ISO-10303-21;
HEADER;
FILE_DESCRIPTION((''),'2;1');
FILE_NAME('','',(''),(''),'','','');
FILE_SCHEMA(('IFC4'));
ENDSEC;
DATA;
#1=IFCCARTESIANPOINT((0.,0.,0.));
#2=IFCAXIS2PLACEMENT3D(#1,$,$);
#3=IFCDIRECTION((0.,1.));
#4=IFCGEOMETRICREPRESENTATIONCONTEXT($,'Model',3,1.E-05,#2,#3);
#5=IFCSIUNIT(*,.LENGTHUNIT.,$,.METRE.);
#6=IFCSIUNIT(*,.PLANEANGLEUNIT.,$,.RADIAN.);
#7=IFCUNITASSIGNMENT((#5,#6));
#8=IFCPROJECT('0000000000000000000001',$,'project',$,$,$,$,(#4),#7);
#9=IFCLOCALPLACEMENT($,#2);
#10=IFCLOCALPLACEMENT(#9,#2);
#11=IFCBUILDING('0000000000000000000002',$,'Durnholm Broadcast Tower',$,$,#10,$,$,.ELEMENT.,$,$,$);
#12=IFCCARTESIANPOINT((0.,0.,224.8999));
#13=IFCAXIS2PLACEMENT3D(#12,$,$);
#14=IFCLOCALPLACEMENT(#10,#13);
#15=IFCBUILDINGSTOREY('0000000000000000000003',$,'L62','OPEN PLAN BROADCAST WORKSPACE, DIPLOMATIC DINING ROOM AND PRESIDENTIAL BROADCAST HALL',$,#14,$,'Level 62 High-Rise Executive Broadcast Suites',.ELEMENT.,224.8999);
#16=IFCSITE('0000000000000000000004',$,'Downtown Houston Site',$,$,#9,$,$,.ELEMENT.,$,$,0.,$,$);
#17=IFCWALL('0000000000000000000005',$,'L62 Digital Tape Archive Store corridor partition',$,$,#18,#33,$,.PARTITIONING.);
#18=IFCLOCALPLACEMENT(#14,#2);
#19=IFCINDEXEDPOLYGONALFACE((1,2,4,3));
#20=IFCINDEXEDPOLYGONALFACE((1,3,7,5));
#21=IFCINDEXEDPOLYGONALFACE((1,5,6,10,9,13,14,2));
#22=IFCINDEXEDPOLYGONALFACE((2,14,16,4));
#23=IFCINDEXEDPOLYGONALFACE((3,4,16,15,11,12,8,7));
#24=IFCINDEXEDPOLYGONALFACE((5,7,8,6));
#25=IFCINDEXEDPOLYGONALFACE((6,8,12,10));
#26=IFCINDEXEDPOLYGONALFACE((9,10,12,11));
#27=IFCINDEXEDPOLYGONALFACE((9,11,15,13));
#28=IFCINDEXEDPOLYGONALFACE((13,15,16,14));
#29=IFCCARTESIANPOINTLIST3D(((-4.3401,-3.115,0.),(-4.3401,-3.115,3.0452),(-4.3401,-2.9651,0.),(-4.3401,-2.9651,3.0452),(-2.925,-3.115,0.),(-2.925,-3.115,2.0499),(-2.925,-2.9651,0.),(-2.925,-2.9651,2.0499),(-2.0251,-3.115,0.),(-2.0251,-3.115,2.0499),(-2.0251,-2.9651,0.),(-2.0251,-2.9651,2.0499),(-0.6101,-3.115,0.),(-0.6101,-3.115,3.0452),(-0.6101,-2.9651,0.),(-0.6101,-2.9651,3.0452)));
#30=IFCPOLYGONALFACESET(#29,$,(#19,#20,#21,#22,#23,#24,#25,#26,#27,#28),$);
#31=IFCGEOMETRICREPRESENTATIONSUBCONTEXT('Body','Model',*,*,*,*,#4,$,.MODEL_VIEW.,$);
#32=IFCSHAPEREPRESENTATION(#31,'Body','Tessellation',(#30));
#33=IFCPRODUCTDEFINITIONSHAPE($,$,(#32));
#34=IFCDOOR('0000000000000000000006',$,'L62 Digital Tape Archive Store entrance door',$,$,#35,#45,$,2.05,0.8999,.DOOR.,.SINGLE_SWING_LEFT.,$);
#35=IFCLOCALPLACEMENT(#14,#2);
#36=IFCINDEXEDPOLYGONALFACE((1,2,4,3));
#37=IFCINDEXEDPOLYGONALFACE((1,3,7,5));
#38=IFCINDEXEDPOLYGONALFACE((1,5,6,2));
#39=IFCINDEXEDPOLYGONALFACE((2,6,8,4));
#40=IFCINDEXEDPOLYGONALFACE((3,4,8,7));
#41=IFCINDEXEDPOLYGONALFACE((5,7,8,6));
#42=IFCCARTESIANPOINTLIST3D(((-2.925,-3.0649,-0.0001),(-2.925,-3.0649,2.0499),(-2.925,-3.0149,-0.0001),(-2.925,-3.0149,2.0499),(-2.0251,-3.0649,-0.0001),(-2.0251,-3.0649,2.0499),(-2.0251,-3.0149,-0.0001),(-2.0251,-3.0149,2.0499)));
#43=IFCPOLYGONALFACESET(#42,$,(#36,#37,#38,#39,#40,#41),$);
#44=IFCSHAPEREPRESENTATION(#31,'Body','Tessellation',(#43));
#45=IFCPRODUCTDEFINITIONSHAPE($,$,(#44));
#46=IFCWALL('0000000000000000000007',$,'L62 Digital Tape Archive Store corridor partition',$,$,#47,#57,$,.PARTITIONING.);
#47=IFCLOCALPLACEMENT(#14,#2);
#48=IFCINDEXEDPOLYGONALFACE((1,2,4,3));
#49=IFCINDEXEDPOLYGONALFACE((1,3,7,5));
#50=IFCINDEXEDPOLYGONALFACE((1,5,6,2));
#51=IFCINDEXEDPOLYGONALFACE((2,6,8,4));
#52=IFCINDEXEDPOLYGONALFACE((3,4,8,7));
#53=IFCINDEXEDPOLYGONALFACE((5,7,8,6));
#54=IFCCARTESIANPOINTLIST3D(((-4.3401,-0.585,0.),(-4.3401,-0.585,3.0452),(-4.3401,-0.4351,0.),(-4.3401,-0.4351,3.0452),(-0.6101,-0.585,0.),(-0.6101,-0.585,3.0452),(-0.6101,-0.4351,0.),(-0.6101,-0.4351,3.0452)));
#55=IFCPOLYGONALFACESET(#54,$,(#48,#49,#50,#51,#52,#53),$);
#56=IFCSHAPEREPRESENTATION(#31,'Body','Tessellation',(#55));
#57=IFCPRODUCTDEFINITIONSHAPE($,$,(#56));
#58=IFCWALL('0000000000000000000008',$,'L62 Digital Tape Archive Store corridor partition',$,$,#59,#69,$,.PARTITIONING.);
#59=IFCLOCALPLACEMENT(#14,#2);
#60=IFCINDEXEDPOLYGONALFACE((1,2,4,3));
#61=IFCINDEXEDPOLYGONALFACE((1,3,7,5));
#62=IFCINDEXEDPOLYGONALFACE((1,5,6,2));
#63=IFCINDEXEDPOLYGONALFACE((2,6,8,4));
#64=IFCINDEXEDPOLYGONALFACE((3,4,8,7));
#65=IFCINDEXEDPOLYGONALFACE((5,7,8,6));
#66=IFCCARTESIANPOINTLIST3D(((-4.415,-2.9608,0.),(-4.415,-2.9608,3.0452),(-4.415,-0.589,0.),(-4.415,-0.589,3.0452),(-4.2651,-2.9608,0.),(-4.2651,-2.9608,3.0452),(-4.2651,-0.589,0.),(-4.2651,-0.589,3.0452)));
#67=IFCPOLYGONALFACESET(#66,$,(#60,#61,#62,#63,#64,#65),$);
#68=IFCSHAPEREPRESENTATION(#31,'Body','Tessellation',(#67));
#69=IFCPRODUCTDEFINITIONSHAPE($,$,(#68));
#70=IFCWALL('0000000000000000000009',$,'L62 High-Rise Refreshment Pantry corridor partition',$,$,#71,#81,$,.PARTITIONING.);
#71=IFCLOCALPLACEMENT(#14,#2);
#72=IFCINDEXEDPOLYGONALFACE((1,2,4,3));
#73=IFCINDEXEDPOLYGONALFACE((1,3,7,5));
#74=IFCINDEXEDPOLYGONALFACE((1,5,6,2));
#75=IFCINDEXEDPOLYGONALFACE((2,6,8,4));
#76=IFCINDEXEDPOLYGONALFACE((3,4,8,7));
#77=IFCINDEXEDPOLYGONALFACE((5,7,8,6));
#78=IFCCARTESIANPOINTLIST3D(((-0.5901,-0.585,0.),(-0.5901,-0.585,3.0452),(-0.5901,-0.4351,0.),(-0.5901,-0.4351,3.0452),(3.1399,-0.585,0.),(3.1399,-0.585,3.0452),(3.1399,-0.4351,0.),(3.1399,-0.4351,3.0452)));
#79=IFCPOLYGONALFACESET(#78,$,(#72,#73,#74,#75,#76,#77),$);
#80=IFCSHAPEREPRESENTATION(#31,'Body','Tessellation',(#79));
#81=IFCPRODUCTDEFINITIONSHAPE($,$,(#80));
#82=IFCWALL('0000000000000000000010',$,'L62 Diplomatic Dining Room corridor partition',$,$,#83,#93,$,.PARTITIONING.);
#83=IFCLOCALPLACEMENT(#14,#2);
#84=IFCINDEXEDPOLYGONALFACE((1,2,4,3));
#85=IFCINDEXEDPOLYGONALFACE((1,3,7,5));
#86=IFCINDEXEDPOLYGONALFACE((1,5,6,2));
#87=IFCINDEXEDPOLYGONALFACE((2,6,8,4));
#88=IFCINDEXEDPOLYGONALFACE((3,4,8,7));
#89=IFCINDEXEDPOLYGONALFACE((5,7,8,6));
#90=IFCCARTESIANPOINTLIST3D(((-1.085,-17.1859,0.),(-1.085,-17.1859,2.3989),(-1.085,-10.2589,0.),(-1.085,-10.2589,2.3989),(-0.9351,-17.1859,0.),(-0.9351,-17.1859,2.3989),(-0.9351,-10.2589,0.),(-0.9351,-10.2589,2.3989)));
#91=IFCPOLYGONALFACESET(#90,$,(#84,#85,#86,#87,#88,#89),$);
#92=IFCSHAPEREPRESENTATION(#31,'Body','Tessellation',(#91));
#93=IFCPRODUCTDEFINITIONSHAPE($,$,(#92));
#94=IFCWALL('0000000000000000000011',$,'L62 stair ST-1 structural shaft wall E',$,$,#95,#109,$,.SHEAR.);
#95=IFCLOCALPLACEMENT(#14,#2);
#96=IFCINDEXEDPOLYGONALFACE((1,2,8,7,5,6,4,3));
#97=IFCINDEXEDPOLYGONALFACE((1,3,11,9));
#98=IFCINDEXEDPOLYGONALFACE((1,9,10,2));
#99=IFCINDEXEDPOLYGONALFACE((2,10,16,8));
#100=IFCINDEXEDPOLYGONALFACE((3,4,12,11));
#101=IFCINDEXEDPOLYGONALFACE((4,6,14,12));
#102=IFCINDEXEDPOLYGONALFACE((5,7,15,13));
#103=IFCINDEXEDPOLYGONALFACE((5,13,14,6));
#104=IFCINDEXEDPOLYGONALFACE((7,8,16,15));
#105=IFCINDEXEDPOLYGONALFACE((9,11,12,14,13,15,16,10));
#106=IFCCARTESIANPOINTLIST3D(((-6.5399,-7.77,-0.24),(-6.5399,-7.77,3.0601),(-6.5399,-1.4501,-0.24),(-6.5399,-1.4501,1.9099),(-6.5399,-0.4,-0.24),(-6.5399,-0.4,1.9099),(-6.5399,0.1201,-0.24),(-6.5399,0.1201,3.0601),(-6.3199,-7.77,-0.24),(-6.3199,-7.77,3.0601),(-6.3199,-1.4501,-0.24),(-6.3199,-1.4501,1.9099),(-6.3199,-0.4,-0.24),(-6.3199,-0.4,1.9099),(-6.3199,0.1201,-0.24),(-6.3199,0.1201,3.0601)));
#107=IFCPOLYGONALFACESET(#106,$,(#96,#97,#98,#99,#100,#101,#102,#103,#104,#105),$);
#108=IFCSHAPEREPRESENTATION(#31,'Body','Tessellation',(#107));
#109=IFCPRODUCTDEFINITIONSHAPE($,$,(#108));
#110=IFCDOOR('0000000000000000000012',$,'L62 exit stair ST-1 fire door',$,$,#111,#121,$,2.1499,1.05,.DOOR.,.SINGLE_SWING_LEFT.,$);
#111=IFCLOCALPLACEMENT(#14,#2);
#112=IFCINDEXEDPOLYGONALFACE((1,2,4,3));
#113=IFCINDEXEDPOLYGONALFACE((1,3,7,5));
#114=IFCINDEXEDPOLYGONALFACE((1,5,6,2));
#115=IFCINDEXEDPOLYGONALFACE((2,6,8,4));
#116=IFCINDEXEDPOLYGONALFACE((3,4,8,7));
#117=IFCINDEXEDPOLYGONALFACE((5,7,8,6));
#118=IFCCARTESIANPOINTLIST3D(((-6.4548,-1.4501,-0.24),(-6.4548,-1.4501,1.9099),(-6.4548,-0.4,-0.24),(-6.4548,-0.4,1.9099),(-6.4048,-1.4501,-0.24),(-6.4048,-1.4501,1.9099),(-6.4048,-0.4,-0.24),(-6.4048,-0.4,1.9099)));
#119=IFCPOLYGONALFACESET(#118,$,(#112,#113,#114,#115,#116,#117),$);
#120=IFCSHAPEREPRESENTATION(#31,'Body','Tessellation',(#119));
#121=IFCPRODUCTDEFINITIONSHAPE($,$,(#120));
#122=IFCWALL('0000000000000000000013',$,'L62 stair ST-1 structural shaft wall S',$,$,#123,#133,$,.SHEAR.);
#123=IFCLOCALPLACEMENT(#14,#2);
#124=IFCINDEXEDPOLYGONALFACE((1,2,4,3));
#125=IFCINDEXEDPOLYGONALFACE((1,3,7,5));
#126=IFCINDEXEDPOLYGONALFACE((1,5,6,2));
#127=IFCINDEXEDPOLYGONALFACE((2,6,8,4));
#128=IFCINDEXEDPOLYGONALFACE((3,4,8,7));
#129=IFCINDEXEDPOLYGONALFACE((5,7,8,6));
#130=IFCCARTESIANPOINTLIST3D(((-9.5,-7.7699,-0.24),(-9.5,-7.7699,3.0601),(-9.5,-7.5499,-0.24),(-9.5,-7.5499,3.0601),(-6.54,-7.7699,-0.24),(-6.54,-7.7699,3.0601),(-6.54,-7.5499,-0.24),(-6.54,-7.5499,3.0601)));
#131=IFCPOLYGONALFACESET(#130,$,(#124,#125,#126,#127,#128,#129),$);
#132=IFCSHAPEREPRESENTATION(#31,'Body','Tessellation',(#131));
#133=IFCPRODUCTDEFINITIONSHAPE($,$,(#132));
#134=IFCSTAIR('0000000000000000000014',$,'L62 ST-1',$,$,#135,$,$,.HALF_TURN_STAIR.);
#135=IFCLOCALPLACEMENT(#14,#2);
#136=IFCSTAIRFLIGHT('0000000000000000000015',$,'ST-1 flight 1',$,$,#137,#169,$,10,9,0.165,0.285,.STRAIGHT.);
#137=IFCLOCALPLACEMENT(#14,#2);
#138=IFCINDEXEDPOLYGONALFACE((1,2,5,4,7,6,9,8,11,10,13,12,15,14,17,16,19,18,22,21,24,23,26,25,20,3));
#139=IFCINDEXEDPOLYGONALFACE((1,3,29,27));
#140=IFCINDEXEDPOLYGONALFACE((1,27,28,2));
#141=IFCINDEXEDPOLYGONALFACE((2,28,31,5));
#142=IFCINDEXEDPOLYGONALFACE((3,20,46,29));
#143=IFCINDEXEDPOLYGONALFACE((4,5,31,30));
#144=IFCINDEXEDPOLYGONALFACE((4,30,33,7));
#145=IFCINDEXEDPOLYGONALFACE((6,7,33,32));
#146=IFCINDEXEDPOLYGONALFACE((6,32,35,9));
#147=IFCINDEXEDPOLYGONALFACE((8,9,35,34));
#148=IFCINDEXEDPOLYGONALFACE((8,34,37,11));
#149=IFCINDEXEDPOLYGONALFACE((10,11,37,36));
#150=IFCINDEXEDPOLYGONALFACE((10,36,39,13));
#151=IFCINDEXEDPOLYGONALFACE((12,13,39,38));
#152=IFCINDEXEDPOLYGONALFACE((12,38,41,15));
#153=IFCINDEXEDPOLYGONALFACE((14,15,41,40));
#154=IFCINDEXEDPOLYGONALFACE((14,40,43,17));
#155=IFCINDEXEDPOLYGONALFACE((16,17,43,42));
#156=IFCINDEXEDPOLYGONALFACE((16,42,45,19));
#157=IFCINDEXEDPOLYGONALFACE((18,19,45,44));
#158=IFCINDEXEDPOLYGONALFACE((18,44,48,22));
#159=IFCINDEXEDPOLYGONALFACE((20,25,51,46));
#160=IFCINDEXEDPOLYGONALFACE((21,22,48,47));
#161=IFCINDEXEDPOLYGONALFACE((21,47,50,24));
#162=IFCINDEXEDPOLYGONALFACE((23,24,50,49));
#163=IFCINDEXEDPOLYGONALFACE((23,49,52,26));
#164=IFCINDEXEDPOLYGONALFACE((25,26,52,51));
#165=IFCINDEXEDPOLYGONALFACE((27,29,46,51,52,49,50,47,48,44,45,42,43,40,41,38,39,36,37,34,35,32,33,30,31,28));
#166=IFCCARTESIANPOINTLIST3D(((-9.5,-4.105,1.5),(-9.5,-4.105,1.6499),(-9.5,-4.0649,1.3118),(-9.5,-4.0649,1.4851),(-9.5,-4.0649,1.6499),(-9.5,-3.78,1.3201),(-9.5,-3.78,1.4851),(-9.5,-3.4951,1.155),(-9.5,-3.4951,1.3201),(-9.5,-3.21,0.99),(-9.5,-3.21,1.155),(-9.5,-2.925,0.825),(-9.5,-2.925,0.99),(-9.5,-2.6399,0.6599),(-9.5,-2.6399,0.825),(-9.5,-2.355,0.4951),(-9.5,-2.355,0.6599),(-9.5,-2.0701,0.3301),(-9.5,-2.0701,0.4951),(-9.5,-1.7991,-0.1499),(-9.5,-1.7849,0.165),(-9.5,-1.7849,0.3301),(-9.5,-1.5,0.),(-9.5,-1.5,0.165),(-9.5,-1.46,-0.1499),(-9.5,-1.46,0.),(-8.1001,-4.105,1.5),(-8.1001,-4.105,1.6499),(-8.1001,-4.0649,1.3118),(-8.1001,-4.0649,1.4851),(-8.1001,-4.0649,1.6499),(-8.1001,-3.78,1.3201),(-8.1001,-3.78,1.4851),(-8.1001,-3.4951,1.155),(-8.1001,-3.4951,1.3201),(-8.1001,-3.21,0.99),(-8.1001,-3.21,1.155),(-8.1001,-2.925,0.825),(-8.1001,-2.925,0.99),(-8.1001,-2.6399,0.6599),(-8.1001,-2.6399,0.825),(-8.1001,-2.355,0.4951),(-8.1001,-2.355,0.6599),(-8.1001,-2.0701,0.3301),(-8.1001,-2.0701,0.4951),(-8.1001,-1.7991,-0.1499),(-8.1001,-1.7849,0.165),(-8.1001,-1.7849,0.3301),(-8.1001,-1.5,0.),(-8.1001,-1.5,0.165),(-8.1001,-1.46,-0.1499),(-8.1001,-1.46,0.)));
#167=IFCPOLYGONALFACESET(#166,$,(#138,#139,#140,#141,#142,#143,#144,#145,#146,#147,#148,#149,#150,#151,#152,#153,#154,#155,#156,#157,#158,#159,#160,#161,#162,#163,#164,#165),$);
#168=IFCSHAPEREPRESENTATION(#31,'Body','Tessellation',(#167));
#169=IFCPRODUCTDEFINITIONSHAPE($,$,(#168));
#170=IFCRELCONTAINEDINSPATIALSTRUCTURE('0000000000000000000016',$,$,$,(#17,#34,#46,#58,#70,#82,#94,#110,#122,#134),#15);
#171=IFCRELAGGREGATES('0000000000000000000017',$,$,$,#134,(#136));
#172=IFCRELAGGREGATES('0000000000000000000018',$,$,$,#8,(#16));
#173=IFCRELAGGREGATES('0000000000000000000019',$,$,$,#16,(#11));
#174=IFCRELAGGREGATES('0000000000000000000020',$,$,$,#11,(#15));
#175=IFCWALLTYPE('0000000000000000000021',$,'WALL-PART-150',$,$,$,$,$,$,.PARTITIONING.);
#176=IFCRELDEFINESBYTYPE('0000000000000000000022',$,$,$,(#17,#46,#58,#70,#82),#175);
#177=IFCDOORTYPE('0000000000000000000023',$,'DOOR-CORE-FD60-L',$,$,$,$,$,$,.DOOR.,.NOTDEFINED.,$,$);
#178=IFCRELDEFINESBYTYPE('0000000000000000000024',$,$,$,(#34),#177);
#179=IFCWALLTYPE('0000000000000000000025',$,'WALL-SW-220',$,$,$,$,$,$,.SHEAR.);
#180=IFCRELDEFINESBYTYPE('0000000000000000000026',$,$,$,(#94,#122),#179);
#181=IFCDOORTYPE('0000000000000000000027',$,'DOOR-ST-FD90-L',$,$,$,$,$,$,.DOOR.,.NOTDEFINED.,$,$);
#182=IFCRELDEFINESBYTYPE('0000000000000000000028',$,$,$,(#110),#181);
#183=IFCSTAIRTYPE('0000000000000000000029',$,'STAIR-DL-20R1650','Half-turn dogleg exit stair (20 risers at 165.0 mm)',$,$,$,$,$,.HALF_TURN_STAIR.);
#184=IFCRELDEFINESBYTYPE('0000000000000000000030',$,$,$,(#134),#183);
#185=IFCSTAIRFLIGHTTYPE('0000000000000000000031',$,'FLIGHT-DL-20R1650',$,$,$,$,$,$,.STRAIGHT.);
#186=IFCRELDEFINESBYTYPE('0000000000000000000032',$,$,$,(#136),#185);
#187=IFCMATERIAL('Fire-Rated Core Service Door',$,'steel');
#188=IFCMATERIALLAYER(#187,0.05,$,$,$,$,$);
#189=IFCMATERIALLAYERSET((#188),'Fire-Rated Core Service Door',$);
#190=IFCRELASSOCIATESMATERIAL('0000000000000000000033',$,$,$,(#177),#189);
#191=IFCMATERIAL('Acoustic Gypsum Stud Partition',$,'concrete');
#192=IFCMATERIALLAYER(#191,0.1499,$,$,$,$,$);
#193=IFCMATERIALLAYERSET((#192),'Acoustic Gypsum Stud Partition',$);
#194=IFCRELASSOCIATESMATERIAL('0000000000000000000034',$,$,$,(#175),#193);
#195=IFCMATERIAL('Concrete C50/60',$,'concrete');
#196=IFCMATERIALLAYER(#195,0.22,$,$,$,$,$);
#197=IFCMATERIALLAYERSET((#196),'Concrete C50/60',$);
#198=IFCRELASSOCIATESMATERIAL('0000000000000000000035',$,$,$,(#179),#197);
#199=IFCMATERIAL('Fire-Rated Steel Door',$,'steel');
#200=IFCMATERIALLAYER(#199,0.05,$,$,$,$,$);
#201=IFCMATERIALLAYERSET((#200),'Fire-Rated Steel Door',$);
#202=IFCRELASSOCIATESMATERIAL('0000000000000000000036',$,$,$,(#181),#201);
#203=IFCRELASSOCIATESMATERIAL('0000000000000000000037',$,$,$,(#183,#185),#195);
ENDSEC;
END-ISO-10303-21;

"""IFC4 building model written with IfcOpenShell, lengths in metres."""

from ifc_helpers import new_model, si_unit, direction, frame, frame_2d, origin, place, context, subcontext, project, spatial, polyline, rectangle, outline, extrude, source, transform, mapped, material, layer, layer_set, type_object, type_shapes, element, fill, aggregate, save


model = new_model("IFC4")

# Units and contexts
model_context = context("Model", 3, precision=1e-05, world=origin(), true_north=direction((0.0, 1.0)))
body_context = subcontext(model_context, "Body", "Model", "MODEL_VIEW")
ifc_project = project(units=[si_unit("LENGTHUNIT", "METRE"), si_unit("PLANEANGLEUNIT", "RADIAN")], contexts=[model_context])

# Site, building, storey
site_placement = place(None, origin())
site = spatial("IfcSite", under=ifc_project, at=site_placement, Name="Downtown Houston Site", CompositionType="ELEMENT", RefElevation=0.0)
building_placement = place(site_placement, origin())
building = spatial("IfcBuilding", under=site, at=building_placement, Name="Durnholm Broadcast Tower", CompositionType="ELEMENT")
storey_placement = place(building_placement, frame((0.0, 0.0, 224.8999)))
storey = spatial("IfcBuildingStorey", under=building, at=storey_placement, Name="L62", Description="OPEN PLAN BROADCAST WORKSPACE, DIPLOMATIC DINING ROOM AND PRESIDENTIAL BROADCAST HALL", LongName="Level 62 High-Rise Executive Broadcast Suites", CompositionType="ELEMENT", Elevation=224.8999)

# Wall, opening, door
ifc_material_1 = material(Name="Fire-Rated Core Service Door", Category="steel")
ifc_layer_1 = layer(ifc_material_1, 0.05)
ifc_layer_set_1 = layer_set([ifc_layer_1], Name="Fire-Rated Core Service Door")
door_type_1 = type_object("IfcDoorType", Name="DOOR-CORE-FD60-L", OperationType="NOTDEFINED", PredefinedType="DOOR", material=ifc_layer_set_1)
shared_shape_1 = source(origin(), body_context, "Body", "SweptSolid", [
    extrude(rectangle(XDim=0.8999, YDim=2.05, at=frame_2d((0.45, 1.0249))), frame((0.0, 0.0249, 0.0), z_axis=(0.0, -1.0, 0.0), x_axis=(1.0, 0.0, 0.0)), (0.0, 0.0, 1.0), 0.05),
])
type_shapes(door_type_1, [shared_shape_1])
ifc_material_2 = material(Name="Acoustic Gypsum Stud Partition", Category="concrete")
ifc_layer_2 = layer(ifc_material_2, 0.1499)
ifc_layer_set_2 = layer_set([ifc_layer_2], Name="Acoustic Gypsum Stud Partition")
wall_type_1 = type_object("IfcWallType", Name="WALL-PART-150", PredefinedType="PARTITIONING", material=ifc_layer_set_2)
wall_1_placement = place(storey_placement, frame((-0.6101, -3.04, 0.0), z_axis=(0.0, 0.0, 1.0), x_axis=(-1.0, 0.0, 0.0)))
wall_1 = element("IfcWall", 1, at=wall_1_placement, inside=storey, type_object=wall_type_1, Name="L62 Digital Tape Archive Store corridor partition", PredefinedType="PARTITIONING", context=body_context, shape_type="SweptSolid", body=[
    extrude(rectangle(XDim=3.73, YDim=0.1499, at=frame_2d((1.865, 0.0))), origin(), (0.0, 0.0, 1.0), 3.0452),
])
opening_1_placement = place(wall_1_placement, frame((1.415, 0.0, 0.0)))
opening_1 = element("IfcOpeningElement", 2, at=opening_1_placement, cuts=wall_1, PredefinedType="OPENING", context=body_context, shape_type="SweptSolid", body=[
    extrude(rectangle(XDim=0.8999, YDim=2.05, at=frame_2d((0.45, 1.0249))), frame((0.0, 0.085, 0.0), z_axis=(0.0, -1.0, 0.0), x_axis=(1.0, 0.0, 0.0)), (0.0, 0.0, 1.0), 0.1699),
])
door_1_placement = place(opening_1_placement, origin())
door_1 = element("IfcDoor", 3, at=door_1_placement, inside=storey, type_object=door_type_1, Name="L62 Digital Tape Archive Store entrance door", OperationType="SINGLE_SWING_LEFT", OverallHeight=2.05, OverallWidth=0.8999, PredefinedType="DOOR", context=body_context, shape_type="MappedRepresentation", body=[
    mapped(shared_shape_1, transform((0.0, 0.0, 0.0), x_axis=(1.0, 0.0, 0.0), y_axis=(0.0, 1.0, 0.0), z_axis=(0.0, 0.0, 1.0), scale=1.0)),
])
fill(opening_1, door_1)

# Walls
wall_2_placement = place(storey_placement, frame((-4.3401, -0.51, 0.0), z_axis=(0.0, 0.0, 1.0), x_axis=(1.0, 0.0, 0.0)))
element("IfcWall", 4, at=wall_2_placement, inside=storey, type_object=wall_type_1, Name="L62 Digital Tape Archive Store corridor partition", PredefinedType="PARTITIONING", context=body_context, shape_type="SweptSolid", body=[
    extrude(rectangle(XDim=3.73, YDim=0.1499, at=frame_2d((1.865, 0.0))), origin(), (0.0, 0.0, 1.0), 3.0452),
])
wall_3_placement = place(storey_placement, frame((-4.3401, -2.9609, 0.0), z_axis=(0.0, 0.0, 1.0), x_axis=(0.0, 1.0, 0.0)))
element("IfcWall", 5, at=wall_3_placement, inside=storey, type_object=wall_type_1, Name="L62 Digital Tape Archive Store corridor partition", PredefinedType="PARTITIONING", context=body_context, shape_type="SweptSolid", body=[
    extrude(rectangle(XDim=2.3718, YDim=0.1499, at=frame_2d((1.186, 0.0))), origin(), (0.0, 0.0, 1.0), 3.0452),
])
wall_4_placement = place(storey_placement, frame((-0.5901, -0.51, 0.0), z_axis=(0.0, 0.0, 1.0), x_axis=(1.0, 0.0, 0.0)))
element("IfcWall", 6, at=wall_4_placement, inside=storey, type_object=wall_type_1, Name="L62 High-Rise Refreshment Pantry corridor partition", PredefinedType="PARTITIONING", context=body_context, shape_type="SweptSolid", body=[
    extrude(rectangle(XDim=3.73, YDim=0.1499, at=frame_2d((1.865, 0.0))), origin(), (0.0, 0.0, 1.0), 3.0452),
])
wall_5_placement = place(storey_placement, frame((-1.01, -10.259, 0.0), z_axis=(0.0, 0.0, 1.0), x_axis=(0.0, -1.0, 0.0)))
element("IfcWall", 7, at=wall_5_placement, inside=storey, type_object=wall_type_1, Name="L62 Diplomatic Dining Room corridor partition", PredefinedType="PARTITIONING", context=body_context, shape_type="SweptSolid", body=[
    extrude(rectangle(XDim=6.927, YDim=0.1499, at=frame_2d((3.4634, 0.0))), origin(), (0.0, 0.0, 1.0), 2.3989),
])

# Wall, opening, door
ifc_material_3 = material(Name="Concrete C50/60", Category="concrete")
ifc_layer_3 = layer(ifc_material_3, 0.22)
ifc_layer_set_3 = layer_set([ifc_layer_3], Name="Concrete C50/60")
wall_type_2 = type_object("IfcWallType", Name="WALL-SW-220", PredefinedType="SHEAR", material=ifc_layer_set_3)
wall_6_placement = place(storey_placement, frame((-6.4299, -7.77, -0.24), z_axis=(0.0, 0.0, 1.0), x_axis=(0.0, 1.0, 0.0)))
wall_6 = element("IfcWall", 8, at=wall_6_placement, inside=storey, type_object=wall_type_2, Name="L62 stair ST-1 structural shaft wall E", PredefinedType="SHEAR", context=body_context, shape_type="SweptSolid", body=[
    extrude(rectangle(XDim=7.8901, YDim=0.22, at=frame_2d((3.9451, 0.0))), origin(), (0.0, 0.0, 1.0), 3.3),
])
opening_2_placement = place(wall_6_placement, frame((6.3201, 0.0, 0.0)))
opening_2 = element("IfcOpeningElement", 9, at=opening_2_placement, cuts=wall_6, PredefinedType="OPENING", context=body_context, shape_type="SweptSolid", body=[
    extrude(rectangle(XDim=1.05, YDim=2.1499, at=frame_2d((0.5249, 1.075))), frame((0.0, 0.1201, 0.0), z_axis=(0.0, -1.0, 0.0), x_axis=(1.0, 0.0, 0.0)), (0.0, 0.0, 1.0), 0.24),
])
ifc_material_4 = material(Name="Fire-Rated Steel Door", Category="steel")
ifc_layer_4 = layer(ifc_material_4, 0.05)
ifc_layer_set_4 = layer_set([ifc_layer_4], Name="Fire-Rated Steel Door")
door_type_2 = type_object("IfcDoorType", Name="DOOR-ST-FD90-L", OperationType="NOTDEFINED", PredefinedType="DOOR", material=ifc_layer_set_4)
shared_shape_2 = source(origin(), body_context, "Body", "SweptSolid", [
    extrude(rectangle(XDim=1.05, YDim=2.1499, at=frame_2d((0.5249, 1.075))), frame((0.0, 0.0249, 0.0), z_axis=(0.0, -1.0, 0.0), x_axis=(1.0, 0.0, 0.0)), (0.0, 0.0, 1.0), 0.05),
])
type_shapes(door_type_2, [shared_shape_2])
door_2_placement = place(opening_2_placement, origin())
door_2 = element("IfcDoor", 10, at=door_2_placement, inside=storey, type_object=door_type_2, Name="L62 exit stair ST-1 fire door", OperationType="SINGLE_SWING_LEFT", OverallHeight=2.1499, OverallWidth=1.05, PredefinedType="DOOR", context=body_context, shape_type="MappedRepresentation", body=[
    mapped(shared_shape_2, transform((0.0, 0.0, 0.0), x_axis=(1.0, 0.0, 0.0), y_axis=(0.0, 1.0, 0.0), z_axis=(0.0, 0.0, 1.0), scale=1.0)),
])
fill(opening_2, door_2)

# Wall
wall_7_placement = place(storey_placement, frame((-9.5, -7.6599, -0.24), z_axis=(0.0, 0.0, 1.0), x_axis=(1.0, 0.0, 0.0)))
element("IfcWall", 11, at=wall_7_placement, inside=storey, type_object=wall_type_2, Name="L62 stair ST-1 structural shaft wall S", PredefinedType="SHEAR", context=body_context, shape_type="SweptSolid", body=[
    extrude(rectangle(XDim=2.96, YDim=0.22, at=frame_2d((1.48, 0.0))), origin(), (0.0, 0.0, 1.0), 3.3),
])

# Stair, stair flight
stair_type = type_object("IfcStairType", Name="STAIR-DL-20R1650", Description="Half-turn dogleg exit stair (20 risers at 165.0 mm)", PredefinedType="HALF_TURN_STAIR", material=ifc_material_3)
stair_placement = place(storey_placement, origin())
stair = element("IfcStair", 12, at=stair_placement, inside=storey, type_object=stair_type, Name="L62 ST-1", PredefinedType="HALF_TURN_STAIR")
stair_flight_type = type_object("IfcStairFlightType", Name="FLIGHT-DL-20R1650", PredefinedType="STRAIGHT", material=ifc_material_3)
stair_flight_1_placement = place(storey_placement, frame((-8.8, -1.5, 0.0), z_axis=(0.0, 0.0, 1.0), x_axis=(0.0, -1.0, 0.0)))
stair_flight_1 = element("IfcStairFlight", 13, at=stair_flight_1_placement, type_object=stair_flight_type, Name="ST-1 flight 1", NumberOfRisers=10, NumberOfTreads=9, PredefinedType="STRAIGHT", RiserHeight=0.165, TreadLength=0.285, context=body_context, shape_type="SweptSolid", body=[
    extrude(outline(polyline([(-0.04, -0.1499), (-0.04, 0.0), (0.0, 0.0), (0.0, 0.165), (0.2849, 0.165), (0.2849, 0.3301), (0.5701, 0.3301), (0.5701, 0.4951), (0.855, 0.4951), (0.855, 0.6599), (1.1399, 0.6599), (1.1399, 0.825), (1.425, 0.825), (1.425, 0.99), (1.71, 0.99), (1.71, 1.155), (1.9951, 1.155), (1.9951, 1.3201), (2.28, 1.3201), (2.28, 1.4851), (2.5649, 1.4851), (2.5649, 1.6499), (2.605, 1.6499), (2.605, 1.5), (2.5649, 1.3118), (0.2991, -0.1499), (-0.04, -0.1499)])), frame((0.0, 0.7, 0.0), z_axis=(0.0, -1.0, 0.0), x_axis=(1.0, 0.0, 0.0)), (0.0, 0.0, 1.0), 1.3999),
])
aggregate(stair, [stair_flight_1])

save(model, "model.ifc")
